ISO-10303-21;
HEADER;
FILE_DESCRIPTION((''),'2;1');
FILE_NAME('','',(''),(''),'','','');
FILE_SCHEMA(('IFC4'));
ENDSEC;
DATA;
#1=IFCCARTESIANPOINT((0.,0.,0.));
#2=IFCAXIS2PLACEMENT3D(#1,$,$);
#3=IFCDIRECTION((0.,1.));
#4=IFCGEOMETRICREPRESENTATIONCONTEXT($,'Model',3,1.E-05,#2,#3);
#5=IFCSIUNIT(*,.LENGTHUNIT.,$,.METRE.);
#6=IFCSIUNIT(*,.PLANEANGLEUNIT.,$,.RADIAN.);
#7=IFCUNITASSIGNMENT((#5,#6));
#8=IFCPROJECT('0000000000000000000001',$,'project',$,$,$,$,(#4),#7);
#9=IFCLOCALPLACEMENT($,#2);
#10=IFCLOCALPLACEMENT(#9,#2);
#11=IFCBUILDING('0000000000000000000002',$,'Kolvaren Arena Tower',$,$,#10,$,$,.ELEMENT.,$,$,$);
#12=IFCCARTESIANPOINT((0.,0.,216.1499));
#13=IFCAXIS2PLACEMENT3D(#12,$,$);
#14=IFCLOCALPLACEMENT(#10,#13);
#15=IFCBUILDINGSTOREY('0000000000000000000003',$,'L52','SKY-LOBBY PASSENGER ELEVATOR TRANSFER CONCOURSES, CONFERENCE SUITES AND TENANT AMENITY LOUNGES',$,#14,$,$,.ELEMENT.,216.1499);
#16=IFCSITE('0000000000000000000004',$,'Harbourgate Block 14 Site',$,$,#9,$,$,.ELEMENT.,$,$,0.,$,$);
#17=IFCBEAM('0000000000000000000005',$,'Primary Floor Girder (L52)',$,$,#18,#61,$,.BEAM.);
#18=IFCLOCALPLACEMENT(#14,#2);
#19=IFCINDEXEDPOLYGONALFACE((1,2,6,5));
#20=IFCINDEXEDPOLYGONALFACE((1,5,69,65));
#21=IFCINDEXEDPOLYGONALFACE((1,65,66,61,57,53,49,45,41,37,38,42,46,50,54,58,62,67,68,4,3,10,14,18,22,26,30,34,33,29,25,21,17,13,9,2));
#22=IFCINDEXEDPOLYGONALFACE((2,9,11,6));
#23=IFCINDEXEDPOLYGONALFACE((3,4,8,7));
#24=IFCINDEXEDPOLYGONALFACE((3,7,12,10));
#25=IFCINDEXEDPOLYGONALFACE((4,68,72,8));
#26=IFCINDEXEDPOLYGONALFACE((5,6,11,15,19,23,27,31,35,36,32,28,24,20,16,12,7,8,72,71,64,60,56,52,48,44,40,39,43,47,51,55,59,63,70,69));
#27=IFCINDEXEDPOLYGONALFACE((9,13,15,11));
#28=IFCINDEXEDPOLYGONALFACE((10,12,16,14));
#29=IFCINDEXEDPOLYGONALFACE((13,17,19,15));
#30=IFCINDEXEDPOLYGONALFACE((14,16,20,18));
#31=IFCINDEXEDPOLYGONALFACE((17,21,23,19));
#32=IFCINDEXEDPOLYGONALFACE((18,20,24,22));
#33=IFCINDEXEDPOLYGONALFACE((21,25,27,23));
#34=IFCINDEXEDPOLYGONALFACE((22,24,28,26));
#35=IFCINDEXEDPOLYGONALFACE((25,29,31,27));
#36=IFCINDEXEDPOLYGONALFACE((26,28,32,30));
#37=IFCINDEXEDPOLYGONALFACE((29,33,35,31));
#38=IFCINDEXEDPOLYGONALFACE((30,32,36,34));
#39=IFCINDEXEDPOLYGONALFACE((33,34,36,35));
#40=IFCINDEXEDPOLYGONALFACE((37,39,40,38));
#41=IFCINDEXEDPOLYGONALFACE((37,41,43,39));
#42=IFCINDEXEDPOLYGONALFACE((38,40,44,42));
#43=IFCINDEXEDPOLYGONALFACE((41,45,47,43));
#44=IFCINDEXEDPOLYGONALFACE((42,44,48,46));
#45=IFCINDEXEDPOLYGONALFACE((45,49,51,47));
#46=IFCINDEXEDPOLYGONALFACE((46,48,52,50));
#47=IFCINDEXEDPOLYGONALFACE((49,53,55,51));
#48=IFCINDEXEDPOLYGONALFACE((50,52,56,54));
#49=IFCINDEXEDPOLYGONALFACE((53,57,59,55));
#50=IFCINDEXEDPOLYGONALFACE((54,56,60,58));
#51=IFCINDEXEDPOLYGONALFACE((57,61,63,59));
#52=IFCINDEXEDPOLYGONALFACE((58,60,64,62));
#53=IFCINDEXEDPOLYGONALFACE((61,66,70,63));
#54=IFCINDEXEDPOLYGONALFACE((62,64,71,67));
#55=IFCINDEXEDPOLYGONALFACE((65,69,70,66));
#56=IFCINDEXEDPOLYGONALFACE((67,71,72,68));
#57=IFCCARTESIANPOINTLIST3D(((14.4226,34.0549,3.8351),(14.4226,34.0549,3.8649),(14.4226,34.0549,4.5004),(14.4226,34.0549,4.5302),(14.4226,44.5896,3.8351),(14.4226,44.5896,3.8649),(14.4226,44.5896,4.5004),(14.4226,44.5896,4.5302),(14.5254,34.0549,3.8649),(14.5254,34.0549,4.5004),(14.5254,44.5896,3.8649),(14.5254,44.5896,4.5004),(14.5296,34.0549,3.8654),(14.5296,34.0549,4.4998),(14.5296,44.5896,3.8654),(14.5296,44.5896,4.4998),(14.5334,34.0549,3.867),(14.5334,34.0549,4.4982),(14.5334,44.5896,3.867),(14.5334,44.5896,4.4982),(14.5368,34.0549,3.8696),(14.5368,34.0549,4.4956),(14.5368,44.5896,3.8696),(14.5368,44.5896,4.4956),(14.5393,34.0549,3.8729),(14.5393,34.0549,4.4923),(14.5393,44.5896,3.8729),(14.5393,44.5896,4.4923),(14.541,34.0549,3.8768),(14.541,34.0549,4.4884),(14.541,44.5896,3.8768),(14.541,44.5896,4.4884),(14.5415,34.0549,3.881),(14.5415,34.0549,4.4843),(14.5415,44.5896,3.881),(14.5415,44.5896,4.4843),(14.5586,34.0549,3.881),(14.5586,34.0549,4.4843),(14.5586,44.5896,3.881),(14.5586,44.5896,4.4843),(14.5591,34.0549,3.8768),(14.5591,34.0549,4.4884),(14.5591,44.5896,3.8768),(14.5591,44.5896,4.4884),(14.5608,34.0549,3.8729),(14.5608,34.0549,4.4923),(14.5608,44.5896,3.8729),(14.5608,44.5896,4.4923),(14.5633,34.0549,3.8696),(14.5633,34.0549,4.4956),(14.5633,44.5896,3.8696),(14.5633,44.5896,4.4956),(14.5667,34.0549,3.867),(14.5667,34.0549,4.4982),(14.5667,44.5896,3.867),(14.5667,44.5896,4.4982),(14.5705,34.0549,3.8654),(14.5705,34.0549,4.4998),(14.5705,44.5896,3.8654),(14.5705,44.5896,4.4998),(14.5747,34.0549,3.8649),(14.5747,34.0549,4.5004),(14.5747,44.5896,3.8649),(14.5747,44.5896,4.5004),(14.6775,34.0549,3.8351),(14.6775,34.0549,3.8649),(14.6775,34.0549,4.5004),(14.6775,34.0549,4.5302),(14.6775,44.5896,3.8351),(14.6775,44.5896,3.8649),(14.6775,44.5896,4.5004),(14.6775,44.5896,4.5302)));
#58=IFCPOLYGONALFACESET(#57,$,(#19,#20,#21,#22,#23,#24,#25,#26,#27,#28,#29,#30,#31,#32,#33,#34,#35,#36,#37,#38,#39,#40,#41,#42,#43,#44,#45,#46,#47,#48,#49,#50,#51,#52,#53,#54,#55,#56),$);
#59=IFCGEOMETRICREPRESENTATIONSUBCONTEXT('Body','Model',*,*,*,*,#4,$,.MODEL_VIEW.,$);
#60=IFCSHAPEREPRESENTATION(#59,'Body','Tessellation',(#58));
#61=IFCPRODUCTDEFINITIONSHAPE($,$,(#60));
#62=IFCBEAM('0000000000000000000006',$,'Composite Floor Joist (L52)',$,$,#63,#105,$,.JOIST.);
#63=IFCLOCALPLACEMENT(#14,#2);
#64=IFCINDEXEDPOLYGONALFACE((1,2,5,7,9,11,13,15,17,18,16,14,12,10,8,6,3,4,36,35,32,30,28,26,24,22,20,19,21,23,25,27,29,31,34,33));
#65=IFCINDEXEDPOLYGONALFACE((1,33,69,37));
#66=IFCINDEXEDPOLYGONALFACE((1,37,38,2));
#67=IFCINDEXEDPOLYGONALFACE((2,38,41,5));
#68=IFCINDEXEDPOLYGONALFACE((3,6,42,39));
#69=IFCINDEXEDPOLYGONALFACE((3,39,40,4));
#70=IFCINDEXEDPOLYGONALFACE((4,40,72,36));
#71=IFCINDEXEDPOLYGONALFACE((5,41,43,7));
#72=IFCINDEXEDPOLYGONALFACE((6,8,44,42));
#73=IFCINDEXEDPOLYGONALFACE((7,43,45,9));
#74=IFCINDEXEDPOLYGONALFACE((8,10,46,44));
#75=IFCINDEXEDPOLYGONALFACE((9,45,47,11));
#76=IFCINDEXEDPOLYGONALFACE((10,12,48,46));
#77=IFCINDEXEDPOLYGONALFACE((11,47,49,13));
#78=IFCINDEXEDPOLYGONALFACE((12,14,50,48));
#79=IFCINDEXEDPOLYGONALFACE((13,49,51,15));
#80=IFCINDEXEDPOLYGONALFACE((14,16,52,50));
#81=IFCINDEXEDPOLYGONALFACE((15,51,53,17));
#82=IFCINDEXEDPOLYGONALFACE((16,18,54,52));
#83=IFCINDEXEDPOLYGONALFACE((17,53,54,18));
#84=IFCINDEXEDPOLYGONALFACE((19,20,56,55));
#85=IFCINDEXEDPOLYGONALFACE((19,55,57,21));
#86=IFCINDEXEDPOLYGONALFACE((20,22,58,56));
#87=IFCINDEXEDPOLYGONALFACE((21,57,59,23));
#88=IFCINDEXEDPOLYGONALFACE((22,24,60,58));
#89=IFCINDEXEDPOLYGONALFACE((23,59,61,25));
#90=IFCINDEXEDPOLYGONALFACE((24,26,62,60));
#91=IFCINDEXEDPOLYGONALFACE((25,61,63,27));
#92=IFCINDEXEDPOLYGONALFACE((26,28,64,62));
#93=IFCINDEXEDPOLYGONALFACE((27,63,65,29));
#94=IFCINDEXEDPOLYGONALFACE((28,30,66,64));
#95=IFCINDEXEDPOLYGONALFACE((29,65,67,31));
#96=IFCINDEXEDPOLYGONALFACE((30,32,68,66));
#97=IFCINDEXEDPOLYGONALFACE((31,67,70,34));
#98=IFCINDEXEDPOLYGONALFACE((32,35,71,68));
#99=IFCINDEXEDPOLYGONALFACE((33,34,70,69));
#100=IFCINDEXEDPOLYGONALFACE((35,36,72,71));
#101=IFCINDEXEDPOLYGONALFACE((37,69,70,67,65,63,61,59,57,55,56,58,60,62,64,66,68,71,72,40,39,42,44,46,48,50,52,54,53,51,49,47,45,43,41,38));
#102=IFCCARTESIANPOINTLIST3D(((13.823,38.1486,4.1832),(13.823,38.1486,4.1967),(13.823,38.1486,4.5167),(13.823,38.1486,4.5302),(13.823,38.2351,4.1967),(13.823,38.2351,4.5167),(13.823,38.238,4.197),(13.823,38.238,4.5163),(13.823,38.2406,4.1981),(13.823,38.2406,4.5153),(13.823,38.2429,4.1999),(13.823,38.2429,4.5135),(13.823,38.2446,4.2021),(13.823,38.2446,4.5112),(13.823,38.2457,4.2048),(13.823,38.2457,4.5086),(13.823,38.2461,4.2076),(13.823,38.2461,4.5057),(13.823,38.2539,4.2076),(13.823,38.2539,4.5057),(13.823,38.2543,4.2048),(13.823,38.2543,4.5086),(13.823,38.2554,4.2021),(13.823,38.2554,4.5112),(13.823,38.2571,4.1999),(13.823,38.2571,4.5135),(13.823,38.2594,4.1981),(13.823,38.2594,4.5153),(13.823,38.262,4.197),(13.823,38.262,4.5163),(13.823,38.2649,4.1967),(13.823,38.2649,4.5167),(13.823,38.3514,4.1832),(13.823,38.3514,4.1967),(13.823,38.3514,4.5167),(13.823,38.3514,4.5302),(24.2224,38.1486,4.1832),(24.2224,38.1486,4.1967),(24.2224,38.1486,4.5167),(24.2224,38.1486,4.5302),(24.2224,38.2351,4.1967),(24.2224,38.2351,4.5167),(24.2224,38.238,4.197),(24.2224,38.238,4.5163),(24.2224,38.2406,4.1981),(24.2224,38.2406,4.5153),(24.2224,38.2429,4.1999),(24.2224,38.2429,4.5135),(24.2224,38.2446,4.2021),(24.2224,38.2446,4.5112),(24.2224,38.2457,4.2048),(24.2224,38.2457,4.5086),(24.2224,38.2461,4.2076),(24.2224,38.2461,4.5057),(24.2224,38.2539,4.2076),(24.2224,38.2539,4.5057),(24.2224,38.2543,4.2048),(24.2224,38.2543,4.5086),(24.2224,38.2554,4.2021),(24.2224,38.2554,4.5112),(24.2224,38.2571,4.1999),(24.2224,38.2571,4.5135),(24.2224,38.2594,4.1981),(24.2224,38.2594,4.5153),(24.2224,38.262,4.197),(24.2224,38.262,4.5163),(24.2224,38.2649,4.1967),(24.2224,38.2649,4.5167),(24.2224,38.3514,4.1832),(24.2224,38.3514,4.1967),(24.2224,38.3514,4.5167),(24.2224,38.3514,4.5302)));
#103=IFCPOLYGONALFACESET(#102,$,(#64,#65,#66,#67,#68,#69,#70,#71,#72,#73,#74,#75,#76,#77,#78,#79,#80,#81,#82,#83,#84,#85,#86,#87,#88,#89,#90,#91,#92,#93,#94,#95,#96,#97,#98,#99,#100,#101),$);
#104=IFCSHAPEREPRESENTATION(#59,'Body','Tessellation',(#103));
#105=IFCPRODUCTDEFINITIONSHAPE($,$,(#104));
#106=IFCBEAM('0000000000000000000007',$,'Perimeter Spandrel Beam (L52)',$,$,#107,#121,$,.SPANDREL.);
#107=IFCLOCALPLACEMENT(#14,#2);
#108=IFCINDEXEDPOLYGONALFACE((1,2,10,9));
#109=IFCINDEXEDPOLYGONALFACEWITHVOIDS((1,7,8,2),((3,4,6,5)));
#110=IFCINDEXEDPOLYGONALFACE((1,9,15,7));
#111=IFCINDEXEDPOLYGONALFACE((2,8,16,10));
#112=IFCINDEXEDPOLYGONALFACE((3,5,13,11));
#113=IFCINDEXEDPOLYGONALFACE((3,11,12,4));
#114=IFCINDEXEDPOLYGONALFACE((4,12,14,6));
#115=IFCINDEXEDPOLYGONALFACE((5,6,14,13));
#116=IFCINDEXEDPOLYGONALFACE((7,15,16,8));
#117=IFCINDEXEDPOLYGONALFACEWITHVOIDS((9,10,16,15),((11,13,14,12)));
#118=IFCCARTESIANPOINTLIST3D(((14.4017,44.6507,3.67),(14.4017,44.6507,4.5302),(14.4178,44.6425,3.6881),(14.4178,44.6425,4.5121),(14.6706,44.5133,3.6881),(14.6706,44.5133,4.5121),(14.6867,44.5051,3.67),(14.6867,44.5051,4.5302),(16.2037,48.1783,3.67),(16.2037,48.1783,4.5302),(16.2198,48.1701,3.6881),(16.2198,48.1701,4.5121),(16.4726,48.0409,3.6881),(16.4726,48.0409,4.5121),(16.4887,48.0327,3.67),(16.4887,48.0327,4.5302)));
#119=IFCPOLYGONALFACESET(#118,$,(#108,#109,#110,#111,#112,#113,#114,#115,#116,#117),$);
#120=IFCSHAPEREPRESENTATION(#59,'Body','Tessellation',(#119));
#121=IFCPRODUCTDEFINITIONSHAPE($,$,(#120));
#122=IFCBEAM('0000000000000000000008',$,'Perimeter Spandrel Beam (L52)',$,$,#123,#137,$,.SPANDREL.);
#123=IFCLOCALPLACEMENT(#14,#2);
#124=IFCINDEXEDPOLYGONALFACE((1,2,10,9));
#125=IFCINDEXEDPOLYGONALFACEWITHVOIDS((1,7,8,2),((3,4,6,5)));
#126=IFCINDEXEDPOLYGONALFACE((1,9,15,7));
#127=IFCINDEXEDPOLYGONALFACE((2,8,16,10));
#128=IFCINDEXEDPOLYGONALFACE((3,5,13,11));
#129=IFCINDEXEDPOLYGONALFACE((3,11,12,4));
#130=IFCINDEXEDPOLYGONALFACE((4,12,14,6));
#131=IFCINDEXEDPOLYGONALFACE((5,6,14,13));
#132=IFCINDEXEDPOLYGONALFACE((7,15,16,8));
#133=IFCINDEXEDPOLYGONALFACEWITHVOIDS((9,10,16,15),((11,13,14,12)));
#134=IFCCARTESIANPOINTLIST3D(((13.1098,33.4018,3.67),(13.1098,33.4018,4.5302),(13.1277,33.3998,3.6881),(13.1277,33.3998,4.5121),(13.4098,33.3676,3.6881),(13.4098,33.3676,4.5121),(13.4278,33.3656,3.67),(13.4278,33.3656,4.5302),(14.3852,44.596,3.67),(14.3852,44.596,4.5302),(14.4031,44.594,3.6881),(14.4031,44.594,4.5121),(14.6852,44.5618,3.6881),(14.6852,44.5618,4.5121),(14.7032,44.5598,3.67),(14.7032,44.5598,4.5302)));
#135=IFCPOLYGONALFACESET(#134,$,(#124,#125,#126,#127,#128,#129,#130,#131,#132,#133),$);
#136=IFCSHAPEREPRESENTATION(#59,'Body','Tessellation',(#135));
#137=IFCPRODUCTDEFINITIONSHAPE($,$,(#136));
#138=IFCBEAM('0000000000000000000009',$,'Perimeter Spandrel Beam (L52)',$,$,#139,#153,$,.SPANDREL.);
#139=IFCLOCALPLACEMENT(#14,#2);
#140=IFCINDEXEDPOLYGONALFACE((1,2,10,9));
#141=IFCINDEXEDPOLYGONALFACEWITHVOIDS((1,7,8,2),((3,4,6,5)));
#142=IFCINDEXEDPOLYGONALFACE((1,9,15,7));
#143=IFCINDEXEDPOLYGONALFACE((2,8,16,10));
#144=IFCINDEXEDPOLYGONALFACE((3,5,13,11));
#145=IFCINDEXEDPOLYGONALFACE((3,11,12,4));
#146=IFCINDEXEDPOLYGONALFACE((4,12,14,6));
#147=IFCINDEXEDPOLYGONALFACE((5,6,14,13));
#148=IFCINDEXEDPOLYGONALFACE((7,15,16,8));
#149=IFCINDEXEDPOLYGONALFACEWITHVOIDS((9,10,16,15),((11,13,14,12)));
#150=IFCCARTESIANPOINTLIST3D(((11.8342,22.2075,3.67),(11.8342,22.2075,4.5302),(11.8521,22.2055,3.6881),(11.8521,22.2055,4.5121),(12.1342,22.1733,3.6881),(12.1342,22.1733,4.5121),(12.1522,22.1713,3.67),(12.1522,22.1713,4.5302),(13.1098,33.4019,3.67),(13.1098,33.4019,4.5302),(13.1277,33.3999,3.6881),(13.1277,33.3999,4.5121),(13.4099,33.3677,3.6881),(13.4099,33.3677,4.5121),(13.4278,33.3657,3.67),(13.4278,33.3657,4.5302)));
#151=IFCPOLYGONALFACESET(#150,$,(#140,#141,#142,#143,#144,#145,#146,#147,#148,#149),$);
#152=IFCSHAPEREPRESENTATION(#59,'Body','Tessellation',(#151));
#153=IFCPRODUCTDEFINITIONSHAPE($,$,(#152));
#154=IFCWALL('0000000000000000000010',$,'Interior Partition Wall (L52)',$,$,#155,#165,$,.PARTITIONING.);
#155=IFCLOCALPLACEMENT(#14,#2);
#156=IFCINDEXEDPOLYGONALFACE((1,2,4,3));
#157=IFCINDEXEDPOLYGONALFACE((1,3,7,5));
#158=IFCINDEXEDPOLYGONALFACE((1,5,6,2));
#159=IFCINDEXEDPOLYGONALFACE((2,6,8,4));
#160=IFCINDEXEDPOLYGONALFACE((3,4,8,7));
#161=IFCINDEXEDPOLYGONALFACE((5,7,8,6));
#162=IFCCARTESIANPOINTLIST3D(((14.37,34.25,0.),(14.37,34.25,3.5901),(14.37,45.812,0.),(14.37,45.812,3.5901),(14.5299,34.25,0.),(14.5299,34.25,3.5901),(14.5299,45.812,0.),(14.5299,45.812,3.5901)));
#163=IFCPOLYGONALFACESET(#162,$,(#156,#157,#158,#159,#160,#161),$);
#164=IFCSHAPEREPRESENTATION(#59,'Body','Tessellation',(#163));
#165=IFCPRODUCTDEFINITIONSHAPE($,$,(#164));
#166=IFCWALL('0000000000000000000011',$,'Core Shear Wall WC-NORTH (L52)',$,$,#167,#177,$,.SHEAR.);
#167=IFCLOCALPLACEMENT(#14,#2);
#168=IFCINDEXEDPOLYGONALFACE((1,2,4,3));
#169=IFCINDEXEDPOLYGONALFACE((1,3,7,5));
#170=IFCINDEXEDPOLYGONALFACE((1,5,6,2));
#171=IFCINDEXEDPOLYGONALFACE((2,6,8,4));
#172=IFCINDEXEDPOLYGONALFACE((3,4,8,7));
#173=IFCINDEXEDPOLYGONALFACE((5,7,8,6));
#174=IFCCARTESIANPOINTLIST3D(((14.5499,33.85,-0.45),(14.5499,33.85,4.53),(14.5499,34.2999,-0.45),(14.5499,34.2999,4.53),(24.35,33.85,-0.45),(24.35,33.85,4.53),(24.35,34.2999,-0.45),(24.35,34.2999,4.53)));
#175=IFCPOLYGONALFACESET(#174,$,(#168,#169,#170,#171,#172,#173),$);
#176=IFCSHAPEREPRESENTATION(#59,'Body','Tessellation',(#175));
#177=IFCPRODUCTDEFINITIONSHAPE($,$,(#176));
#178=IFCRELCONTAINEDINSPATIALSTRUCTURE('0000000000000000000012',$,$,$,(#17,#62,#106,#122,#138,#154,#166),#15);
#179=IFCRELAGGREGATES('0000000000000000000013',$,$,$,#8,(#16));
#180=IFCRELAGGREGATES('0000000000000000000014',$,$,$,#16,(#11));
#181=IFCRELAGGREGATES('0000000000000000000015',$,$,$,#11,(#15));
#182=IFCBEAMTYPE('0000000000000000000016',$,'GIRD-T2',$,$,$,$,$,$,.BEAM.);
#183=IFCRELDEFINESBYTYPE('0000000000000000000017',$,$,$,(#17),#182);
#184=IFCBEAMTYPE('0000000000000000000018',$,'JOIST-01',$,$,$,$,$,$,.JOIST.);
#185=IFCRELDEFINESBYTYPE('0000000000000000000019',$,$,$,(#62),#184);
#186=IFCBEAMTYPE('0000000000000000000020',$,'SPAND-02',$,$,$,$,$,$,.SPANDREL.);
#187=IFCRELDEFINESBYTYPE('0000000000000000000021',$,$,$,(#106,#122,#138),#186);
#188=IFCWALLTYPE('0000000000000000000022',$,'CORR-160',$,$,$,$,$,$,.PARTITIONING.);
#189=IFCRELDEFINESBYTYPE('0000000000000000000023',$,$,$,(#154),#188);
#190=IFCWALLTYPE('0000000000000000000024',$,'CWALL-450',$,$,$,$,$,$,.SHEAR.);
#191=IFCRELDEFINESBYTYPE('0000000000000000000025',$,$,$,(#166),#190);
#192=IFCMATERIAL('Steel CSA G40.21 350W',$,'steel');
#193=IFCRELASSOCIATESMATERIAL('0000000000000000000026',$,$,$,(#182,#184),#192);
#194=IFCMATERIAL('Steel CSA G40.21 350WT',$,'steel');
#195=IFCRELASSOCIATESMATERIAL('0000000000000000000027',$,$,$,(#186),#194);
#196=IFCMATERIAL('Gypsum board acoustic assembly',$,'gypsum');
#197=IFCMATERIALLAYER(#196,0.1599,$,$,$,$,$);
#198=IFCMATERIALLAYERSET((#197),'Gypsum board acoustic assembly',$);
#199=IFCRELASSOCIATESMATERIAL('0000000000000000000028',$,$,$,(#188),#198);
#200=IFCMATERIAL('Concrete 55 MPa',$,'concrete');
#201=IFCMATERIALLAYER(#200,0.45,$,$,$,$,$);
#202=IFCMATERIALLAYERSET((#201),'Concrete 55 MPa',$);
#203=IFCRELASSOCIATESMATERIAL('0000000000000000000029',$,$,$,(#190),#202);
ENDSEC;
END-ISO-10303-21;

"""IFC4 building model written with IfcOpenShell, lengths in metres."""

from ifc_helpers import new_model, si_unit, direction, frame, frame_2d, origin, origin_2d, place, context, subcontext, project, spatial, rectangle, hollow_rectangle, i_section, extrude, material, layer, layer_set, material_profile, profile_set, type_object, element, save


model = new_model("IFC4")

# Units and contexts
model_context = context("Model", 3, precision=1e-05, world=origin(), true_north=direction((0.0, 1.0)))
body_context = subcontext(model_context, "Body", "Model", "MODEL_VIEW")
ifc_project = project(units=[si_unit("LENGTHUNIT", "METRE"), si_unit("PLANEANGLEUNIT", "RADIAN")], contexts=[model_context])

# Site, building, storey
site_placement = place(None, origin())
site = spatial("IfcSite", under=ifc_project, at=site_placement, Name="Harbourgate Block 14 Site", CompositionType="ELEMENT", RefElevation=0.0)
building_placement = place(site_placement, origin())
building = spatial("IfcBuilding", under=site, at=building_placement, Name="Kolvaren Arena Tower", CompositionType="ELEMENT")
storey_placement = place(building_placement, frame((0.0, 0.0, 216.1499)))
storey = spatial("IfcBuildingStorey", under=building, at=storey_placement, Name="L52", Description="SKY-LOBBY PASSENGER ELEVATOR TRANSFER CONCOURSES, CONFERENCE SUITES AND TENANT AMENITY LOUNGES", CompositionType="ELEMENT", Elevation=216.1499)

# Beams
ifc_material_1 = material(Name="Steel CSA G40.21 350W", Category="steel")
ifc_material_profile_1 = material_profile(ifc_material_1, i_section(OverallWidth=0.2549, OverallDepth=0.6951, WebThickness=0.0171, FlangeThickness=0.0298, FilletRadius=0.0161, at=origin_2d()), Name="W690x217")
ifc_profile_set_1 = profile_set([ifc_material_profile_1], Name="Steel CSA G40.21 350W")
beam_type_1 = type_object("IfcBeamType", Name="GIRD-T2", PredefinedType="BEAM", material=ifc_profile_set_1)
beam_1_placement = place(storey_placement, frame((14.55, 34.0549, 4.1826), z_axis=(0.0, 1.0, 0.0), x_axis=(-1.0, 0.0, 0.0)))
element("IfcBeam", 1, at=beam_1_placement, inside=storey, type_object=beam_type_1, Name="Primary Floor Girder (L52)", PredefinedType="BEAM", context=body_context, shape_type="SweptSolid", body=[
    extrude(i_section(OverallWidth=0.2549, OverallDepth=0.6951, WebThickness=0.0171, FlangeThickness=0.0298, FilletRadius=0.0161, at=origin_2d()), origin(), (0.0, 0.0, 1.0), 10.5347),
])
ifc_material_profile_2 = material_profile(ifc_material_1, i_section(OverallWidth=0.2029, OverallDepth=0.3469, WebThickness=0.0078, FlangeThickness=0.0134, FilletRadius=0.011, at=origin_2d()), Name="W360x64")
ifc_profile_set_2 = profile_set([ifc_material_profile_2], Name="Steel CSA G40.21 350W")
beam_type_2 = type_object("IfcBeamType", Name="JOIST-01", PredefinedType="JOIST", material=ifc_profile_set_2)
beam_2_placement = place(storey_placement, frame((13.823, 38.25, 4.3567), z_axis=(1.0, 0.0, 0.0), x_axis=(0.0, 1.0, 0.0)))
element("IfcBeam", 2, at=beam_2_placement, inside=storey, type_object=beam_type_2, Name="Composite Floor Joist (L52)", PredefinedType="JOIST", context=body_context, shape_type="SweptSolid", body=[
    extrude(i_section(OverallWidth=0.2029, OverallDepth=0.3469, WebThickness=0.0078, FlangeThickness=0.0134, FilletRadius=0.011, at=origin_2d()), origin(), (0.0, 0.0, 1.0), 10.3994),
])
ifc_material_2 = material(Name="Steel CSA G40.21 350WT", Category="steel")
ifc_material_profile_3 = material_profile(ifc_material_2, hollow_rectangle(XDim=0.3201, YDim=0.8601, WallThickness=0.0181, at=origin_2d()), Name="HSS 860x320x18")
ifc_profile_set_3 = profile_set([ifc_material_profile_3], Name="Steel CSA G40.21 350WT")
beam_type_3 = type_object("IfcBeamType", Name="SPAND-02", PredefinedType="SPANDREL", material=ifc_profile_set_3)
beam_3_placement = place(storey_placement, frame((16.3462, 48.1055, 4.1001), z_axis=(-0.454913, -0.890536, 0.0), x_axis=(0.890536, -0.454913, 0.0)))
element("IfcBeam", 3, at=beam_3_placement, inside=storey, type_object=beam_type_3, Name="Perimeter Spandrel Beam (L52)", PredefinedType="SPANDREL", context=body_context, shape_type="SweptSolid", body=[
    extrude(hollow_rectangle(XDim=0.3201, YDim=0.8601, WallThickness=0.0181, at=origin_2d()), origin(), (0.0, 0.0, 1.0), 3.9612),
])
beam_4_placement = place(storey_placement, frame((14.5442, 44.5779, 4.1001), z_axis=(-0.113202, -0.993572, 0.0), x_axis=(0.993572, -0.113202, 0.0)))
element("IfcBeam", 4, at=beam_4_placement, inside=storey, type_object=beam_type_3, Name="Perimeter Spandrel Beam (L52)", PredefinedType="SPANDREL", context=body_context, shape_type="SweptSolid", body=[
    extrude(hollow_rectangle(XDim=0.3201, YDim=0.8601, WallThickness=0.0181, at=origin_2d()), origin(), (0.0, 0.0, 1.0), 11.2666),
])
beam_5_placement = place(storey_placement, frame((13.2688, 33.3838, 4.1001), z_axis=(-0.113221, -0.99357, 0.0), x_axis=(0.99357, -0.113221, 0.0)))
element("IfcBeam", 5, at=beam_5_placement, inside=storey, type_object=beam_type_3, Name="Perimeter Spandrel Beam (L52)", PredefinedType="SPANDREL", context=body_context, shape_type="SweptSolid", body=[
    extrude(hollow_rectangle(XDim=0.3201, YDim=0.8601, WallThickness=0.0181, at=origin_2d()), origin(), (0.0, 0.0, 1.0), 11.2668),
])

# Walls
ifc_material_3 = material(Name="Gypsum board acoustic assembly", Category="gypsum")
ifc_layer_1 = layer(ifc_material_3, 0.1599)
ifc_layer_set_1 = layer_set([ifc_layer_1], Name="Gypsum board acoustic assembly")
wall_type_1 = type_object("IfcWallType", Name="CORR-160", PredefinedType="PARTITIONING", material=ifc_layer_set_1)
wall_1_placement = place(storey_placement, frame((14.45, 34.25, 0.0), z_axis=(0.0, 0.0, 1.0), x_axis=(0.0, 1.0, 0.0)))
element("IfcWall", 6, at=wall_1_placement, inside=storey, type_object=wall_type_1, Name="Interior Partition Wall (L52)", PredefinedType="PARTITIONING", context=body_context, shape_type="SweptSolid", body=[
    extrude(rectangle(XDim=11.562, YDim=0.1599, at=frame_2d((5.781, 0.0))), origin(), (0.0, 0.0, 1.0), 3.5901),
])
ifc_material_4 = material(Name="Concrete 55 MPa", Category="concrete")
ifc_layer_2 = layer(ifc_material_4, 0.45)
ifc_layer_set_2 = layer_set([ifc_layer_2], Name="Concrete 55 MPa")
wall_type_2 = type_object("IfcWallType", Name="CWALL-450", PredefinedType="SHEAR", material=ifc_layer_set_2)
wall_2_placement = place(storey_placement, frame((14.55, 34.075, -0.45), z_axis=(0.0, 0.0, 1.0), x_axis=(1.0, 0.0, 0.0)))
element("IfcWall", 7, at=wall_2_placement, inside=storey, type_object=wall_type_2, Name="Core Shear Wall WC-NORTH (L52)", PredefinedType="SHEAR", context=body_context, shape_type="SweptSolid", body=[
    extrude(rectangle(XDim=9.8, YDim=0.45, at=frame_2d((4.8999, 0.0))), origin(), (0.0, 0.0, 1.0), 4.98),
])

save(model, "model.ifc")
